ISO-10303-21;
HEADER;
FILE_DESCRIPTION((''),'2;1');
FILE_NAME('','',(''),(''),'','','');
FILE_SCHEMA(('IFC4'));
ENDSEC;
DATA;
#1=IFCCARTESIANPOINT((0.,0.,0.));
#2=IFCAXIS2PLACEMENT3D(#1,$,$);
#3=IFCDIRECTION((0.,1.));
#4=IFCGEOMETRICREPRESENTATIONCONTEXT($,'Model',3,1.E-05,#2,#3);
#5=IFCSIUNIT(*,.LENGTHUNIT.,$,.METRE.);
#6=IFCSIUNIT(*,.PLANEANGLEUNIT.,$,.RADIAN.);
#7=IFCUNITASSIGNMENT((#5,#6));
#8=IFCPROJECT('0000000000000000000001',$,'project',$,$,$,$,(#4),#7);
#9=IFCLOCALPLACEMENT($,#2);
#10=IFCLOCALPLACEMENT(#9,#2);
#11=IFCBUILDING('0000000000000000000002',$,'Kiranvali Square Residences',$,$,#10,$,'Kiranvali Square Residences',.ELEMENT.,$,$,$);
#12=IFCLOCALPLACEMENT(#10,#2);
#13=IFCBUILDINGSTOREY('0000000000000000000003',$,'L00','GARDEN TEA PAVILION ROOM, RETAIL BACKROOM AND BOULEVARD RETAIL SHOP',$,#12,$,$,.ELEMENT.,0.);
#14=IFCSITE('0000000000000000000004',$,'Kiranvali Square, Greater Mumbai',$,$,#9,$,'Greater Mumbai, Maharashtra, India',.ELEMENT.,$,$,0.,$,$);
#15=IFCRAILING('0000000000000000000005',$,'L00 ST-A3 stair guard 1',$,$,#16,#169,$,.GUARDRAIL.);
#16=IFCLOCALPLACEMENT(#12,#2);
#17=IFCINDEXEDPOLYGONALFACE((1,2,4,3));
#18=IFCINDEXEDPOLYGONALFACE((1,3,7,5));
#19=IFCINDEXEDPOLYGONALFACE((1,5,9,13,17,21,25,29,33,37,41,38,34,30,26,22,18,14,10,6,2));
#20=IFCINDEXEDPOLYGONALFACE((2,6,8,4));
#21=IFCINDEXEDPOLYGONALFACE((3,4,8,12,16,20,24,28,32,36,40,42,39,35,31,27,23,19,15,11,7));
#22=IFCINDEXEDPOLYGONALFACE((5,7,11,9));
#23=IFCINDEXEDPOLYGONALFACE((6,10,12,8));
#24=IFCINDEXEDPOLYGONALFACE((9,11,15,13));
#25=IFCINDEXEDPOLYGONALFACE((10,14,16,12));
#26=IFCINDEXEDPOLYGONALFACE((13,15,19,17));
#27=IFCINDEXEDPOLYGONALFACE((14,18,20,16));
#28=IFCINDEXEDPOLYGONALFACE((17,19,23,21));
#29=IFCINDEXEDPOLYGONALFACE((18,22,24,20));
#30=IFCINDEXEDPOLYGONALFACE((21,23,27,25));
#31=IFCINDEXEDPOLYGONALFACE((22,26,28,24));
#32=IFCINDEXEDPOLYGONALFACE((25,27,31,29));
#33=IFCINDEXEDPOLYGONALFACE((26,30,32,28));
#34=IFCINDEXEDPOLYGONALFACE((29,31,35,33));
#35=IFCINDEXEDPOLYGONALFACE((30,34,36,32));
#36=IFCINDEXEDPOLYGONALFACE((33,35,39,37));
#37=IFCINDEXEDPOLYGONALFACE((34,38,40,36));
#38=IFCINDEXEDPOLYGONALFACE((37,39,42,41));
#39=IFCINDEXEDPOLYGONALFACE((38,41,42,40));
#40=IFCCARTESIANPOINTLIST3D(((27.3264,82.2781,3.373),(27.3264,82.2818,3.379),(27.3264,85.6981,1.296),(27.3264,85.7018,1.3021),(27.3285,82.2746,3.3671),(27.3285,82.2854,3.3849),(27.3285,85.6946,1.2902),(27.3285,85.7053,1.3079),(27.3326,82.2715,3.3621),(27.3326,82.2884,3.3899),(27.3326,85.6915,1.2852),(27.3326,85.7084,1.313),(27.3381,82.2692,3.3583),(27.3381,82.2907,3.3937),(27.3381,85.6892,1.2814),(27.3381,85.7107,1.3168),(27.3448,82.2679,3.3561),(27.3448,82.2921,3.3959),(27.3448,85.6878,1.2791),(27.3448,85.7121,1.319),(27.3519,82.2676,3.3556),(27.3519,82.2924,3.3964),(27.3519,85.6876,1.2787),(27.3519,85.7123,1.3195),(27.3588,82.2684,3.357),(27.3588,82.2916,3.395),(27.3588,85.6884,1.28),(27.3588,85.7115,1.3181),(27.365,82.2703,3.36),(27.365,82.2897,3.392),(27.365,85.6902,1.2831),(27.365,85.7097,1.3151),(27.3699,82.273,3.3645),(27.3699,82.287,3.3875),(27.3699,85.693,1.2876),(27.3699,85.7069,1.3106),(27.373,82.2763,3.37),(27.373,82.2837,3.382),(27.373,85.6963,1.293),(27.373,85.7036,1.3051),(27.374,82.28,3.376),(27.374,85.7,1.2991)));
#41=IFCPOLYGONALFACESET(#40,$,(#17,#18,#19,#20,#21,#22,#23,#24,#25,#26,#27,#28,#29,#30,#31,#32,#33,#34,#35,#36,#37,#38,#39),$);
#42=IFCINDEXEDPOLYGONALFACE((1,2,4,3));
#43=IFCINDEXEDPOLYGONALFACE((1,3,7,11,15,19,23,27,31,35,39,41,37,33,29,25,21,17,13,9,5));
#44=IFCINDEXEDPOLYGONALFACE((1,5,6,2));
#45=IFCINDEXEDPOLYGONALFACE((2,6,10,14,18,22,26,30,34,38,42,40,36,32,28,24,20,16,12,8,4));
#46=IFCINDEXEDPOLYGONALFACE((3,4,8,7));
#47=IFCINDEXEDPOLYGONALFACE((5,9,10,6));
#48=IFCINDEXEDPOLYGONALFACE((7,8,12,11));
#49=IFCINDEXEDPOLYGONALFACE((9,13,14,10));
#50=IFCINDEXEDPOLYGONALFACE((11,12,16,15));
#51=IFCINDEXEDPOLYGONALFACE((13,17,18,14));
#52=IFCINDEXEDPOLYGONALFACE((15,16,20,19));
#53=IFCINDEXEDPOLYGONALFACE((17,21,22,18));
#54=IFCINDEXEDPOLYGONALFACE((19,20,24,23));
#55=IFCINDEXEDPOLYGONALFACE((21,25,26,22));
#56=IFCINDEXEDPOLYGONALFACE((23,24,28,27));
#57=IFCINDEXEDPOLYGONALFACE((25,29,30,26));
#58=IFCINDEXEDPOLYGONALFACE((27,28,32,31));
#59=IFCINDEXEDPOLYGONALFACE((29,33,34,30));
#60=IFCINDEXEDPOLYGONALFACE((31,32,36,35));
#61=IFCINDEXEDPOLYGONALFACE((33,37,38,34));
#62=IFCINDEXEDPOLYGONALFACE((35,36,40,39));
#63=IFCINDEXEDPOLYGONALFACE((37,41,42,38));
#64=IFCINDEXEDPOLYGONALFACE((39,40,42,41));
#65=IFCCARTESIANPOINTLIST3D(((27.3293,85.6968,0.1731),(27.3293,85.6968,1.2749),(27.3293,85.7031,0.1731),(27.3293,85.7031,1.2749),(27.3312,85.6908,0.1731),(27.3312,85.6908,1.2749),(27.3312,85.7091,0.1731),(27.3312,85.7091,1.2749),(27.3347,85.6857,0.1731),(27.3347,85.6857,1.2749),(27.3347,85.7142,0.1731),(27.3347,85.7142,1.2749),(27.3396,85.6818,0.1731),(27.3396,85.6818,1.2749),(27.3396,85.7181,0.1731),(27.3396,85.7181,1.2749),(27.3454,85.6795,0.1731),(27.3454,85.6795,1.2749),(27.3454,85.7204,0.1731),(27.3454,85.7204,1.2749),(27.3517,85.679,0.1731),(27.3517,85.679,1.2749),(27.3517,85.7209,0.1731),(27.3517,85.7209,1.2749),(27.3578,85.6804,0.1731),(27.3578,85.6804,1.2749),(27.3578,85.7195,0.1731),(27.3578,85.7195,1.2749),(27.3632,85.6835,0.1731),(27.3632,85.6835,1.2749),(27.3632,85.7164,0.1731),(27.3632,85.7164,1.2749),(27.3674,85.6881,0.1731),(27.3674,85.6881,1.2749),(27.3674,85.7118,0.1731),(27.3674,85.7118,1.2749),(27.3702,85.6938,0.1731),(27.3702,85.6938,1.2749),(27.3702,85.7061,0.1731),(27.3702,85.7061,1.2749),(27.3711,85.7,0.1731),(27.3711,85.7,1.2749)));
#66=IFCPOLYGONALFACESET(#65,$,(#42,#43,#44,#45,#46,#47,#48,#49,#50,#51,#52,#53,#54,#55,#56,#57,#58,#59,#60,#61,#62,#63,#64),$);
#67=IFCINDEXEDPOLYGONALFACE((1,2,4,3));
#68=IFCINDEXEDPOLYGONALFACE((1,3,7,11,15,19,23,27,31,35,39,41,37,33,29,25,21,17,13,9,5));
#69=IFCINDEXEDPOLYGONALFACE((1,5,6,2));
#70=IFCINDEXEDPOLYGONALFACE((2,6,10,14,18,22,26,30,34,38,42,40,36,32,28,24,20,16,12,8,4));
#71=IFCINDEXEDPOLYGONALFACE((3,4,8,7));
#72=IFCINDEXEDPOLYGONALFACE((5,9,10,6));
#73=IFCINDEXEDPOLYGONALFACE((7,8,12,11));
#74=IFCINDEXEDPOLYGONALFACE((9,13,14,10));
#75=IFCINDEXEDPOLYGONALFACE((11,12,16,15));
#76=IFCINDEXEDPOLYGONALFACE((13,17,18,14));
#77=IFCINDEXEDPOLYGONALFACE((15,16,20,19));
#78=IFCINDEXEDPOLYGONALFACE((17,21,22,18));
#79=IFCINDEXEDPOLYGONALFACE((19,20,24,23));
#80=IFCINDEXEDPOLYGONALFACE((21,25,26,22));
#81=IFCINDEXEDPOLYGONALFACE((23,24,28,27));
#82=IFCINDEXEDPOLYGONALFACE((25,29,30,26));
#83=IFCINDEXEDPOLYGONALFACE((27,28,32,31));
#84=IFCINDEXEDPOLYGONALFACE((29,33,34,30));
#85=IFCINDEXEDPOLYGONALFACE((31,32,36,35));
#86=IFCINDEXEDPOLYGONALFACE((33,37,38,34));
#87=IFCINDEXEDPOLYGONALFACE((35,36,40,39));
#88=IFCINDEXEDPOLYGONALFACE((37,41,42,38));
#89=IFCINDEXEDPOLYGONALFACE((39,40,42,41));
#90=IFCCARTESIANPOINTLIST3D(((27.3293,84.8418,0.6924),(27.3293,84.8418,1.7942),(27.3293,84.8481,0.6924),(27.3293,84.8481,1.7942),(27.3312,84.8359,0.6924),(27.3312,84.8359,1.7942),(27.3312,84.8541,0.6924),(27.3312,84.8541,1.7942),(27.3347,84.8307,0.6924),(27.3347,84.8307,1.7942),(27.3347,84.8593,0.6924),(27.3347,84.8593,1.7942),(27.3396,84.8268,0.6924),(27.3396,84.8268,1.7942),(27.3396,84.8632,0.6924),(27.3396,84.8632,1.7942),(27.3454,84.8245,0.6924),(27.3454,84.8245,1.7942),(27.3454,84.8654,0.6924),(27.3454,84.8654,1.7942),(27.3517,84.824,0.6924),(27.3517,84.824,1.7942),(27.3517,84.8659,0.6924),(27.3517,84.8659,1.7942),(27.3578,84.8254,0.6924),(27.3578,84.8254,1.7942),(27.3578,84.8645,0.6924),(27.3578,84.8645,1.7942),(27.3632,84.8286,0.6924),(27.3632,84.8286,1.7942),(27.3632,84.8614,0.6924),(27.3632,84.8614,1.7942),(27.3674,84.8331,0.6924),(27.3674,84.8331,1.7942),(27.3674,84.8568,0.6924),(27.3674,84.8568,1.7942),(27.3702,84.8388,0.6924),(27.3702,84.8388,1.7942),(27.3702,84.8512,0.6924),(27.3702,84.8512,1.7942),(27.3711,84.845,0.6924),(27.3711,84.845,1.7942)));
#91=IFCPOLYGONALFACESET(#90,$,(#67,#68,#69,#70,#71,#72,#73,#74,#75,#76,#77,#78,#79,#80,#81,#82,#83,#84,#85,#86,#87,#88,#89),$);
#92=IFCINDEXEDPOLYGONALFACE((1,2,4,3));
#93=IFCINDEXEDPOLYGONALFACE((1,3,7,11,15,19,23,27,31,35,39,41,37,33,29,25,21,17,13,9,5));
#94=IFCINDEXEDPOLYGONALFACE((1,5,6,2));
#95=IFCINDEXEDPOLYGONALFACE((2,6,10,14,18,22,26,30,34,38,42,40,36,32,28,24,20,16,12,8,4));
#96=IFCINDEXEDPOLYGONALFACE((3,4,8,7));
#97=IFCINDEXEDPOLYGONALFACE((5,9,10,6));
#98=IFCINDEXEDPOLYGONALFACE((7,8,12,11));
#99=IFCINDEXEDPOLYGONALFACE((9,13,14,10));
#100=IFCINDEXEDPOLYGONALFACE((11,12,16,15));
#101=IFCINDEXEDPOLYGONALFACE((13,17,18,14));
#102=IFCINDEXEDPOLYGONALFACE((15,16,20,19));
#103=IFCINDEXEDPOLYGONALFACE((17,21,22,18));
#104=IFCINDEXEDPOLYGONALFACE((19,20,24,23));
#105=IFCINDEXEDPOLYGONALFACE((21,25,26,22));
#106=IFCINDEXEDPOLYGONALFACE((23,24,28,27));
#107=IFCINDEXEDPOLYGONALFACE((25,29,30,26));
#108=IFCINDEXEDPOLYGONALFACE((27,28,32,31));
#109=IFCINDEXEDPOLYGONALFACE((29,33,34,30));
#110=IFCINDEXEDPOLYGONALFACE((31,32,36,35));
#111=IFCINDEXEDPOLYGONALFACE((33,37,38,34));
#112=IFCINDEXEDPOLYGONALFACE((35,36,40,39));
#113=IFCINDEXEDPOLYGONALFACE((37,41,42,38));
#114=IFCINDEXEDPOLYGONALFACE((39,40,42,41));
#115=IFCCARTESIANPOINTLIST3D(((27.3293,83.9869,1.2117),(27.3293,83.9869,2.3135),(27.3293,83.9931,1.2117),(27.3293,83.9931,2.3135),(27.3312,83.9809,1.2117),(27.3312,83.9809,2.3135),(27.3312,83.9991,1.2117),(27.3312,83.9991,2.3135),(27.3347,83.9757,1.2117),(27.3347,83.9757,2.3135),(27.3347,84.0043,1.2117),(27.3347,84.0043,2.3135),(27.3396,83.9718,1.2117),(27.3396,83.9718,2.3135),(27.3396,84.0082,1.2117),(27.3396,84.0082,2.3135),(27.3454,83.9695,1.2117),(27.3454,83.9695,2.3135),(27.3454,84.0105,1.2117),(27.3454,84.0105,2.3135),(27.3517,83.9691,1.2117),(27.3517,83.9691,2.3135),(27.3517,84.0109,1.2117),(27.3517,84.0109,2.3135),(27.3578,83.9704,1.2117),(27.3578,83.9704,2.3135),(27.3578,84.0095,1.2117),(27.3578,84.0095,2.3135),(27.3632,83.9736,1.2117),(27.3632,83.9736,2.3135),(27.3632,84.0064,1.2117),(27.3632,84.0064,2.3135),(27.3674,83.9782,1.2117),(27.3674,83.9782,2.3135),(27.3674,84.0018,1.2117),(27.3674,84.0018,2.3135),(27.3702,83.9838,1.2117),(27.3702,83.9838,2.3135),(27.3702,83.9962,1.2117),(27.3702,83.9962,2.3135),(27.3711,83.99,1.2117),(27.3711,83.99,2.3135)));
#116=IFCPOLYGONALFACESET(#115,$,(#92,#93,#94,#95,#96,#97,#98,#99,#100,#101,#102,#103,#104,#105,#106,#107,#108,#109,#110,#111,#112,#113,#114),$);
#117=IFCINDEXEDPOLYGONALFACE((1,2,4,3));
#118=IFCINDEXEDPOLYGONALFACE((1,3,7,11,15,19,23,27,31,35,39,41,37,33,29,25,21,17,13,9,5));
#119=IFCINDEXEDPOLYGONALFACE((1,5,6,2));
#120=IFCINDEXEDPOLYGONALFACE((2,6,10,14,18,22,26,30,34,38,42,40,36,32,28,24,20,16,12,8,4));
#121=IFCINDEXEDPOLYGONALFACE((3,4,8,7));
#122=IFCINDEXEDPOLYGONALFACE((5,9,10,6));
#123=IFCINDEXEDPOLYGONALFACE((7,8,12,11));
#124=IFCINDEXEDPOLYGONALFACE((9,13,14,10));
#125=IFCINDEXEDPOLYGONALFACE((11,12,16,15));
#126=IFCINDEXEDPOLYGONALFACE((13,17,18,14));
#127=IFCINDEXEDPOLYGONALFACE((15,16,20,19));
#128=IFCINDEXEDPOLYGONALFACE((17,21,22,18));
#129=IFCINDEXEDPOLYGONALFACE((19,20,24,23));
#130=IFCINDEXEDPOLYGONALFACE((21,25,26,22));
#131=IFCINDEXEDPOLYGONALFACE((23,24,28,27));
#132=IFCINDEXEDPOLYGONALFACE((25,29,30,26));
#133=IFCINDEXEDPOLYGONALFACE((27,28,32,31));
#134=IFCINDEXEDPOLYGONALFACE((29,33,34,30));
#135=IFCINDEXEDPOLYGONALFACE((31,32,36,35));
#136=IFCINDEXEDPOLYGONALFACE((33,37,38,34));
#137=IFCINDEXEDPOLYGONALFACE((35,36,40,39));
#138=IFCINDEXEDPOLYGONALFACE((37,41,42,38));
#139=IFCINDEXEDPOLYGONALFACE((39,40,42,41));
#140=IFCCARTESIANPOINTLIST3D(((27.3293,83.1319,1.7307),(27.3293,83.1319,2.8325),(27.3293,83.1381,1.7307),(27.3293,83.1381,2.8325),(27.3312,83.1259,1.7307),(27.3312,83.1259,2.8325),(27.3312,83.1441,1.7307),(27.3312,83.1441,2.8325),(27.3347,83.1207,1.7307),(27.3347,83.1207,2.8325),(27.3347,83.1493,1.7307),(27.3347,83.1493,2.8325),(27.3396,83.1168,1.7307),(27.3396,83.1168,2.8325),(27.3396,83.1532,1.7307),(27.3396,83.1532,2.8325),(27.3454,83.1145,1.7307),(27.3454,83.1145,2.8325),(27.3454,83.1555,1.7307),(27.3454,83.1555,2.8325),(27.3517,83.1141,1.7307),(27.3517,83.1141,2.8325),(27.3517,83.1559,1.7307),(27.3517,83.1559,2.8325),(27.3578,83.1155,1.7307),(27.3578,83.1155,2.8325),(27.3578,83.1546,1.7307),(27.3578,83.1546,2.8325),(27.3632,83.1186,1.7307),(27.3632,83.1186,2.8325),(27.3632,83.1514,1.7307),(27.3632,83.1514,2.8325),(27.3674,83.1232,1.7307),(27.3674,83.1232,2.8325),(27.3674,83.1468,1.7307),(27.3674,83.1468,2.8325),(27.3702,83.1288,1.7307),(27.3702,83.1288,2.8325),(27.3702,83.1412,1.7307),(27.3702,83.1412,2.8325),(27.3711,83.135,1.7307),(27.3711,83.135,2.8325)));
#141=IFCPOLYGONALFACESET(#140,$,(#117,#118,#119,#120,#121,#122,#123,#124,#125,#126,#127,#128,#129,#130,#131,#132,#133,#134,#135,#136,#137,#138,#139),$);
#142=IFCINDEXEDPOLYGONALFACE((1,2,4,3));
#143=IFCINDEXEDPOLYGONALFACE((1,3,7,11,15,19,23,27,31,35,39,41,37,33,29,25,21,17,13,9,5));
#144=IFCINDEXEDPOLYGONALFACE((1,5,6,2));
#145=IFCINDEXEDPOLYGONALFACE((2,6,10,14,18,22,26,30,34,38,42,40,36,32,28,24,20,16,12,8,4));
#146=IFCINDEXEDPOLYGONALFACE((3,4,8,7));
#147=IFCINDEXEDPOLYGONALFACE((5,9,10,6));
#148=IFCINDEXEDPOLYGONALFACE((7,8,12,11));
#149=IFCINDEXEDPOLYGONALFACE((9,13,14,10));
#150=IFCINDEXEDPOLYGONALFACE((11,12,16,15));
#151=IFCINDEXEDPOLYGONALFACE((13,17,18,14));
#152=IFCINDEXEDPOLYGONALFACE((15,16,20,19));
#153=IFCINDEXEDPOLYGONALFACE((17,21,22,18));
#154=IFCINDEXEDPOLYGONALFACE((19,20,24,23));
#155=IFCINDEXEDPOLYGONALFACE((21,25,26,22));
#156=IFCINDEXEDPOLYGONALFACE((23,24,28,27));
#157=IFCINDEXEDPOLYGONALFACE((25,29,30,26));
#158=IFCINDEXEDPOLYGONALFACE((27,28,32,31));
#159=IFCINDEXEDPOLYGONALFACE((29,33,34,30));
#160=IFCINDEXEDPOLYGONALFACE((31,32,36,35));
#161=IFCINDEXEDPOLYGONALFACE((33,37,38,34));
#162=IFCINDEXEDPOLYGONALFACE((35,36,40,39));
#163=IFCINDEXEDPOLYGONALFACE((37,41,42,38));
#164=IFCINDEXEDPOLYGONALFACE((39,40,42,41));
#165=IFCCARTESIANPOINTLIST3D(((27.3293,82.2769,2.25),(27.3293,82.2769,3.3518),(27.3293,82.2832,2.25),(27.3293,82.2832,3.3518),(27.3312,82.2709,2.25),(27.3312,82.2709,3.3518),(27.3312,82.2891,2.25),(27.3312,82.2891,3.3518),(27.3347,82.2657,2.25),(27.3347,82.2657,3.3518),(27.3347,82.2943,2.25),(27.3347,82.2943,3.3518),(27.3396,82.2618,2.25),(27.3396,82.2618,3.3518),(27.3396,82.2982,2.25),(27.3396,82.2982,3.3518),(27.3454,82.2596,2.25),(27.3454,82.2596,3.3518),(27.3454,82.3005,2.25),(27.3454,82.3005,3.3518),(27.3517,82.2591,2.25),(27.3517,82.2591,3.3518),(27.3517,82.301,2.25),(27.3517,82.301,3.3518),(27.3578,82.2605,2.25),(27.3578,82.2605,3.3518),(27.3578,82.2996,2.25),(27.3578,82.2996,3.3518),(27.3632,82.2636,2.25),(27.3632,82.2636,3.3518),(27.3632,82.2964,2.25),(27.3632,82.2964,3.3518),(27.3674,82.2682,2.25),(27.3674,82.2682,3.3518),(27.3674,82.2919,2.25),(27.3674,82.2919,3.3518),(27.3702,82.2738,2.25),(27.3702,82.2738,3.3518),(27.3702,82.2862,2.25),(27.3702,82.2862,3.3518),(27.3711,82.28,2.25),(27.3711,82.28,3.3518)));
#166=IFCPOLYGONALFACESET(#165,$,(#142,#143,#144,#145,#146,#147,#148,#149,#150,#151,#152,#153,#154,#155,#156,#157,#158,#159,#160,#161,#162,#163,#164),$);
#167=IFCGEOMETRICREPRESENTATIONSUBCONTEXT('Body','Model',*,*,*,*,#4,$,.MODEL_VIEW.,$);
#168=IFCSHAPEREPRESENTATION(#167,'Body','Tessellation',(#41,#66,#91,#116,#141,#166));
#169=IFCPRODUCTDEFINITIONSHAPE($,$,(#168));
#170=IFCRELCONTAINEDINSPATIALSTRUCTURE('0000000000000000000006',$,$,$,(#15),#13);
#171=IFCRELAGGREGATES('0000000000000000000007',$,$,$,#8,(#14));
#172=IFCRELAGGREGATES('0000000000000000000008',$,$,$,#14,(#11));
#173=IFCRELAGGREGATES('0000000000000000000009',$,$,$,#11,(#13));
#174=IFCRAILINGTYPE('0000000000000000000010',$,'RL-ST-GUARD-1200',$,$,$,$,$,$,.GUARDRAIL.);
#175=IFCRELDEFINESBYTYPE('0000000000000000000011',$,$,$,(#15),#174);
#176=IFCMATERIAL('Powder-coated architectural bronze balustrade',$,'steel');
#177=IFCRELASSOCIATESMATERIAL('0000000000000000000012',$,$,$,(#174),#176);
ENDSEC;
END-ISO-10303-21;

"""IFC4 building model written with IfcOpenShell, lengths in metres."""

from ifc_helpers import new_model, si_unit, direction, frame, origin, origin_2d, place, context, subcontext, project, spatial, circle, extrude, material, type_object, element, save


model = new_model("IFC4")

# Units and contexts
model_context = context("Model", 3, precision=1e-05, world=origin(), true_north=direction((0.0, 1.0)))
body_context = subcontext(model_context, "Body", "Model", "MODEL_VIEW")
ifc_project = project(units=[si_unit("LENGTHUNIT", "METRE"), si_unit("PLANEANGLEUNIT", "RADIAN")], contexts=[model_context])

# Site, building, storey
site_placement = place(None, origin())
site = spatial("IfcSite", under=ifc_project, at=site_placement, Name="Kiranvali Square, Greater Mumbai", LongName="Greater Mumbai, Maharashtra, India", CompositionType="ELEMENT", RefElevation=0.0)
building_placement = place(site_placement, origin())
building = spatial("IfcBuilding", under=site, at=building_placement, Name="Kiranvali Square Residences", LongName="Kiranvali Square Residences", CompositionType="ELEMENT")
storey_placement = place(building_placement, origin())
storey = spatial("IfcBuildingStorey", under=building, at=storey_placement, Name="L00", Description="GARDEN TEA PAVILION ROOM, RETAIL BACKROOM AND BOULEVARD RETAIL SHOP", CompositionType="ELEMENT", Elevation=0.0)

# Railing
ifc_material_1 = material(Name="Powder-coated architectural bronze balustrade", Category="steel")
railing_type_1 = type_object("IfcRailingType", Name="RL-ST-GUARD-1200", PredefinedType="GUARDRAIL", material=ifc_material_1)
railing_1_placement = place(storey_placement, frame((27.3501, 85.7, 0.1731)))
element("IfcRailing", 1, at=railing_1_placement, inside=storey, type_object=railing_type_1, Name="L00 ST-A3 stair guard 1", PredefinedType="GUARDRAIL", context=body_context, shape_type="SweptSolid", body=[
    extrude(circle(Radius=0.0239, at=origin_2d()), frame((0.0, 0.0, 1.126), z_axis=(0.0, -0.85473, 0.519074), x_axis=(1.0, 0.0, 0.0)), (0.0, 0.0, 1.0), 4.0012),
    extrude(circle(Radius=0.021, at=origin_2d()), origin(), (0.0, 0.0, 1.0), 1.1018),
    extrude(circle(Radius=0.021, at=origin_2d()), frame((0.0, -0.855, 0.5193)), (0.0, 0.0, 1.0), 1.1018),
    extrude(circle(Radius=0.021, at=origin_2d()), frame((0.0, -1.71, 1.0386)), (0.0, 0.0, 1.0), 1.1018),
    extrude(circle(Radius=0.021, at=origin_2d()), frame((0.0, -2.5649, 1.5576)), (0.0, 0.0, 1.0), 1.1018),
    extrude(circle(Radius=0.021, at=origin_2d()), frame((0.0, -3.4199, 2.0769)), (0.0, 0.0, 1.0), 1.1018),
])

save(model, "model.ifc")
